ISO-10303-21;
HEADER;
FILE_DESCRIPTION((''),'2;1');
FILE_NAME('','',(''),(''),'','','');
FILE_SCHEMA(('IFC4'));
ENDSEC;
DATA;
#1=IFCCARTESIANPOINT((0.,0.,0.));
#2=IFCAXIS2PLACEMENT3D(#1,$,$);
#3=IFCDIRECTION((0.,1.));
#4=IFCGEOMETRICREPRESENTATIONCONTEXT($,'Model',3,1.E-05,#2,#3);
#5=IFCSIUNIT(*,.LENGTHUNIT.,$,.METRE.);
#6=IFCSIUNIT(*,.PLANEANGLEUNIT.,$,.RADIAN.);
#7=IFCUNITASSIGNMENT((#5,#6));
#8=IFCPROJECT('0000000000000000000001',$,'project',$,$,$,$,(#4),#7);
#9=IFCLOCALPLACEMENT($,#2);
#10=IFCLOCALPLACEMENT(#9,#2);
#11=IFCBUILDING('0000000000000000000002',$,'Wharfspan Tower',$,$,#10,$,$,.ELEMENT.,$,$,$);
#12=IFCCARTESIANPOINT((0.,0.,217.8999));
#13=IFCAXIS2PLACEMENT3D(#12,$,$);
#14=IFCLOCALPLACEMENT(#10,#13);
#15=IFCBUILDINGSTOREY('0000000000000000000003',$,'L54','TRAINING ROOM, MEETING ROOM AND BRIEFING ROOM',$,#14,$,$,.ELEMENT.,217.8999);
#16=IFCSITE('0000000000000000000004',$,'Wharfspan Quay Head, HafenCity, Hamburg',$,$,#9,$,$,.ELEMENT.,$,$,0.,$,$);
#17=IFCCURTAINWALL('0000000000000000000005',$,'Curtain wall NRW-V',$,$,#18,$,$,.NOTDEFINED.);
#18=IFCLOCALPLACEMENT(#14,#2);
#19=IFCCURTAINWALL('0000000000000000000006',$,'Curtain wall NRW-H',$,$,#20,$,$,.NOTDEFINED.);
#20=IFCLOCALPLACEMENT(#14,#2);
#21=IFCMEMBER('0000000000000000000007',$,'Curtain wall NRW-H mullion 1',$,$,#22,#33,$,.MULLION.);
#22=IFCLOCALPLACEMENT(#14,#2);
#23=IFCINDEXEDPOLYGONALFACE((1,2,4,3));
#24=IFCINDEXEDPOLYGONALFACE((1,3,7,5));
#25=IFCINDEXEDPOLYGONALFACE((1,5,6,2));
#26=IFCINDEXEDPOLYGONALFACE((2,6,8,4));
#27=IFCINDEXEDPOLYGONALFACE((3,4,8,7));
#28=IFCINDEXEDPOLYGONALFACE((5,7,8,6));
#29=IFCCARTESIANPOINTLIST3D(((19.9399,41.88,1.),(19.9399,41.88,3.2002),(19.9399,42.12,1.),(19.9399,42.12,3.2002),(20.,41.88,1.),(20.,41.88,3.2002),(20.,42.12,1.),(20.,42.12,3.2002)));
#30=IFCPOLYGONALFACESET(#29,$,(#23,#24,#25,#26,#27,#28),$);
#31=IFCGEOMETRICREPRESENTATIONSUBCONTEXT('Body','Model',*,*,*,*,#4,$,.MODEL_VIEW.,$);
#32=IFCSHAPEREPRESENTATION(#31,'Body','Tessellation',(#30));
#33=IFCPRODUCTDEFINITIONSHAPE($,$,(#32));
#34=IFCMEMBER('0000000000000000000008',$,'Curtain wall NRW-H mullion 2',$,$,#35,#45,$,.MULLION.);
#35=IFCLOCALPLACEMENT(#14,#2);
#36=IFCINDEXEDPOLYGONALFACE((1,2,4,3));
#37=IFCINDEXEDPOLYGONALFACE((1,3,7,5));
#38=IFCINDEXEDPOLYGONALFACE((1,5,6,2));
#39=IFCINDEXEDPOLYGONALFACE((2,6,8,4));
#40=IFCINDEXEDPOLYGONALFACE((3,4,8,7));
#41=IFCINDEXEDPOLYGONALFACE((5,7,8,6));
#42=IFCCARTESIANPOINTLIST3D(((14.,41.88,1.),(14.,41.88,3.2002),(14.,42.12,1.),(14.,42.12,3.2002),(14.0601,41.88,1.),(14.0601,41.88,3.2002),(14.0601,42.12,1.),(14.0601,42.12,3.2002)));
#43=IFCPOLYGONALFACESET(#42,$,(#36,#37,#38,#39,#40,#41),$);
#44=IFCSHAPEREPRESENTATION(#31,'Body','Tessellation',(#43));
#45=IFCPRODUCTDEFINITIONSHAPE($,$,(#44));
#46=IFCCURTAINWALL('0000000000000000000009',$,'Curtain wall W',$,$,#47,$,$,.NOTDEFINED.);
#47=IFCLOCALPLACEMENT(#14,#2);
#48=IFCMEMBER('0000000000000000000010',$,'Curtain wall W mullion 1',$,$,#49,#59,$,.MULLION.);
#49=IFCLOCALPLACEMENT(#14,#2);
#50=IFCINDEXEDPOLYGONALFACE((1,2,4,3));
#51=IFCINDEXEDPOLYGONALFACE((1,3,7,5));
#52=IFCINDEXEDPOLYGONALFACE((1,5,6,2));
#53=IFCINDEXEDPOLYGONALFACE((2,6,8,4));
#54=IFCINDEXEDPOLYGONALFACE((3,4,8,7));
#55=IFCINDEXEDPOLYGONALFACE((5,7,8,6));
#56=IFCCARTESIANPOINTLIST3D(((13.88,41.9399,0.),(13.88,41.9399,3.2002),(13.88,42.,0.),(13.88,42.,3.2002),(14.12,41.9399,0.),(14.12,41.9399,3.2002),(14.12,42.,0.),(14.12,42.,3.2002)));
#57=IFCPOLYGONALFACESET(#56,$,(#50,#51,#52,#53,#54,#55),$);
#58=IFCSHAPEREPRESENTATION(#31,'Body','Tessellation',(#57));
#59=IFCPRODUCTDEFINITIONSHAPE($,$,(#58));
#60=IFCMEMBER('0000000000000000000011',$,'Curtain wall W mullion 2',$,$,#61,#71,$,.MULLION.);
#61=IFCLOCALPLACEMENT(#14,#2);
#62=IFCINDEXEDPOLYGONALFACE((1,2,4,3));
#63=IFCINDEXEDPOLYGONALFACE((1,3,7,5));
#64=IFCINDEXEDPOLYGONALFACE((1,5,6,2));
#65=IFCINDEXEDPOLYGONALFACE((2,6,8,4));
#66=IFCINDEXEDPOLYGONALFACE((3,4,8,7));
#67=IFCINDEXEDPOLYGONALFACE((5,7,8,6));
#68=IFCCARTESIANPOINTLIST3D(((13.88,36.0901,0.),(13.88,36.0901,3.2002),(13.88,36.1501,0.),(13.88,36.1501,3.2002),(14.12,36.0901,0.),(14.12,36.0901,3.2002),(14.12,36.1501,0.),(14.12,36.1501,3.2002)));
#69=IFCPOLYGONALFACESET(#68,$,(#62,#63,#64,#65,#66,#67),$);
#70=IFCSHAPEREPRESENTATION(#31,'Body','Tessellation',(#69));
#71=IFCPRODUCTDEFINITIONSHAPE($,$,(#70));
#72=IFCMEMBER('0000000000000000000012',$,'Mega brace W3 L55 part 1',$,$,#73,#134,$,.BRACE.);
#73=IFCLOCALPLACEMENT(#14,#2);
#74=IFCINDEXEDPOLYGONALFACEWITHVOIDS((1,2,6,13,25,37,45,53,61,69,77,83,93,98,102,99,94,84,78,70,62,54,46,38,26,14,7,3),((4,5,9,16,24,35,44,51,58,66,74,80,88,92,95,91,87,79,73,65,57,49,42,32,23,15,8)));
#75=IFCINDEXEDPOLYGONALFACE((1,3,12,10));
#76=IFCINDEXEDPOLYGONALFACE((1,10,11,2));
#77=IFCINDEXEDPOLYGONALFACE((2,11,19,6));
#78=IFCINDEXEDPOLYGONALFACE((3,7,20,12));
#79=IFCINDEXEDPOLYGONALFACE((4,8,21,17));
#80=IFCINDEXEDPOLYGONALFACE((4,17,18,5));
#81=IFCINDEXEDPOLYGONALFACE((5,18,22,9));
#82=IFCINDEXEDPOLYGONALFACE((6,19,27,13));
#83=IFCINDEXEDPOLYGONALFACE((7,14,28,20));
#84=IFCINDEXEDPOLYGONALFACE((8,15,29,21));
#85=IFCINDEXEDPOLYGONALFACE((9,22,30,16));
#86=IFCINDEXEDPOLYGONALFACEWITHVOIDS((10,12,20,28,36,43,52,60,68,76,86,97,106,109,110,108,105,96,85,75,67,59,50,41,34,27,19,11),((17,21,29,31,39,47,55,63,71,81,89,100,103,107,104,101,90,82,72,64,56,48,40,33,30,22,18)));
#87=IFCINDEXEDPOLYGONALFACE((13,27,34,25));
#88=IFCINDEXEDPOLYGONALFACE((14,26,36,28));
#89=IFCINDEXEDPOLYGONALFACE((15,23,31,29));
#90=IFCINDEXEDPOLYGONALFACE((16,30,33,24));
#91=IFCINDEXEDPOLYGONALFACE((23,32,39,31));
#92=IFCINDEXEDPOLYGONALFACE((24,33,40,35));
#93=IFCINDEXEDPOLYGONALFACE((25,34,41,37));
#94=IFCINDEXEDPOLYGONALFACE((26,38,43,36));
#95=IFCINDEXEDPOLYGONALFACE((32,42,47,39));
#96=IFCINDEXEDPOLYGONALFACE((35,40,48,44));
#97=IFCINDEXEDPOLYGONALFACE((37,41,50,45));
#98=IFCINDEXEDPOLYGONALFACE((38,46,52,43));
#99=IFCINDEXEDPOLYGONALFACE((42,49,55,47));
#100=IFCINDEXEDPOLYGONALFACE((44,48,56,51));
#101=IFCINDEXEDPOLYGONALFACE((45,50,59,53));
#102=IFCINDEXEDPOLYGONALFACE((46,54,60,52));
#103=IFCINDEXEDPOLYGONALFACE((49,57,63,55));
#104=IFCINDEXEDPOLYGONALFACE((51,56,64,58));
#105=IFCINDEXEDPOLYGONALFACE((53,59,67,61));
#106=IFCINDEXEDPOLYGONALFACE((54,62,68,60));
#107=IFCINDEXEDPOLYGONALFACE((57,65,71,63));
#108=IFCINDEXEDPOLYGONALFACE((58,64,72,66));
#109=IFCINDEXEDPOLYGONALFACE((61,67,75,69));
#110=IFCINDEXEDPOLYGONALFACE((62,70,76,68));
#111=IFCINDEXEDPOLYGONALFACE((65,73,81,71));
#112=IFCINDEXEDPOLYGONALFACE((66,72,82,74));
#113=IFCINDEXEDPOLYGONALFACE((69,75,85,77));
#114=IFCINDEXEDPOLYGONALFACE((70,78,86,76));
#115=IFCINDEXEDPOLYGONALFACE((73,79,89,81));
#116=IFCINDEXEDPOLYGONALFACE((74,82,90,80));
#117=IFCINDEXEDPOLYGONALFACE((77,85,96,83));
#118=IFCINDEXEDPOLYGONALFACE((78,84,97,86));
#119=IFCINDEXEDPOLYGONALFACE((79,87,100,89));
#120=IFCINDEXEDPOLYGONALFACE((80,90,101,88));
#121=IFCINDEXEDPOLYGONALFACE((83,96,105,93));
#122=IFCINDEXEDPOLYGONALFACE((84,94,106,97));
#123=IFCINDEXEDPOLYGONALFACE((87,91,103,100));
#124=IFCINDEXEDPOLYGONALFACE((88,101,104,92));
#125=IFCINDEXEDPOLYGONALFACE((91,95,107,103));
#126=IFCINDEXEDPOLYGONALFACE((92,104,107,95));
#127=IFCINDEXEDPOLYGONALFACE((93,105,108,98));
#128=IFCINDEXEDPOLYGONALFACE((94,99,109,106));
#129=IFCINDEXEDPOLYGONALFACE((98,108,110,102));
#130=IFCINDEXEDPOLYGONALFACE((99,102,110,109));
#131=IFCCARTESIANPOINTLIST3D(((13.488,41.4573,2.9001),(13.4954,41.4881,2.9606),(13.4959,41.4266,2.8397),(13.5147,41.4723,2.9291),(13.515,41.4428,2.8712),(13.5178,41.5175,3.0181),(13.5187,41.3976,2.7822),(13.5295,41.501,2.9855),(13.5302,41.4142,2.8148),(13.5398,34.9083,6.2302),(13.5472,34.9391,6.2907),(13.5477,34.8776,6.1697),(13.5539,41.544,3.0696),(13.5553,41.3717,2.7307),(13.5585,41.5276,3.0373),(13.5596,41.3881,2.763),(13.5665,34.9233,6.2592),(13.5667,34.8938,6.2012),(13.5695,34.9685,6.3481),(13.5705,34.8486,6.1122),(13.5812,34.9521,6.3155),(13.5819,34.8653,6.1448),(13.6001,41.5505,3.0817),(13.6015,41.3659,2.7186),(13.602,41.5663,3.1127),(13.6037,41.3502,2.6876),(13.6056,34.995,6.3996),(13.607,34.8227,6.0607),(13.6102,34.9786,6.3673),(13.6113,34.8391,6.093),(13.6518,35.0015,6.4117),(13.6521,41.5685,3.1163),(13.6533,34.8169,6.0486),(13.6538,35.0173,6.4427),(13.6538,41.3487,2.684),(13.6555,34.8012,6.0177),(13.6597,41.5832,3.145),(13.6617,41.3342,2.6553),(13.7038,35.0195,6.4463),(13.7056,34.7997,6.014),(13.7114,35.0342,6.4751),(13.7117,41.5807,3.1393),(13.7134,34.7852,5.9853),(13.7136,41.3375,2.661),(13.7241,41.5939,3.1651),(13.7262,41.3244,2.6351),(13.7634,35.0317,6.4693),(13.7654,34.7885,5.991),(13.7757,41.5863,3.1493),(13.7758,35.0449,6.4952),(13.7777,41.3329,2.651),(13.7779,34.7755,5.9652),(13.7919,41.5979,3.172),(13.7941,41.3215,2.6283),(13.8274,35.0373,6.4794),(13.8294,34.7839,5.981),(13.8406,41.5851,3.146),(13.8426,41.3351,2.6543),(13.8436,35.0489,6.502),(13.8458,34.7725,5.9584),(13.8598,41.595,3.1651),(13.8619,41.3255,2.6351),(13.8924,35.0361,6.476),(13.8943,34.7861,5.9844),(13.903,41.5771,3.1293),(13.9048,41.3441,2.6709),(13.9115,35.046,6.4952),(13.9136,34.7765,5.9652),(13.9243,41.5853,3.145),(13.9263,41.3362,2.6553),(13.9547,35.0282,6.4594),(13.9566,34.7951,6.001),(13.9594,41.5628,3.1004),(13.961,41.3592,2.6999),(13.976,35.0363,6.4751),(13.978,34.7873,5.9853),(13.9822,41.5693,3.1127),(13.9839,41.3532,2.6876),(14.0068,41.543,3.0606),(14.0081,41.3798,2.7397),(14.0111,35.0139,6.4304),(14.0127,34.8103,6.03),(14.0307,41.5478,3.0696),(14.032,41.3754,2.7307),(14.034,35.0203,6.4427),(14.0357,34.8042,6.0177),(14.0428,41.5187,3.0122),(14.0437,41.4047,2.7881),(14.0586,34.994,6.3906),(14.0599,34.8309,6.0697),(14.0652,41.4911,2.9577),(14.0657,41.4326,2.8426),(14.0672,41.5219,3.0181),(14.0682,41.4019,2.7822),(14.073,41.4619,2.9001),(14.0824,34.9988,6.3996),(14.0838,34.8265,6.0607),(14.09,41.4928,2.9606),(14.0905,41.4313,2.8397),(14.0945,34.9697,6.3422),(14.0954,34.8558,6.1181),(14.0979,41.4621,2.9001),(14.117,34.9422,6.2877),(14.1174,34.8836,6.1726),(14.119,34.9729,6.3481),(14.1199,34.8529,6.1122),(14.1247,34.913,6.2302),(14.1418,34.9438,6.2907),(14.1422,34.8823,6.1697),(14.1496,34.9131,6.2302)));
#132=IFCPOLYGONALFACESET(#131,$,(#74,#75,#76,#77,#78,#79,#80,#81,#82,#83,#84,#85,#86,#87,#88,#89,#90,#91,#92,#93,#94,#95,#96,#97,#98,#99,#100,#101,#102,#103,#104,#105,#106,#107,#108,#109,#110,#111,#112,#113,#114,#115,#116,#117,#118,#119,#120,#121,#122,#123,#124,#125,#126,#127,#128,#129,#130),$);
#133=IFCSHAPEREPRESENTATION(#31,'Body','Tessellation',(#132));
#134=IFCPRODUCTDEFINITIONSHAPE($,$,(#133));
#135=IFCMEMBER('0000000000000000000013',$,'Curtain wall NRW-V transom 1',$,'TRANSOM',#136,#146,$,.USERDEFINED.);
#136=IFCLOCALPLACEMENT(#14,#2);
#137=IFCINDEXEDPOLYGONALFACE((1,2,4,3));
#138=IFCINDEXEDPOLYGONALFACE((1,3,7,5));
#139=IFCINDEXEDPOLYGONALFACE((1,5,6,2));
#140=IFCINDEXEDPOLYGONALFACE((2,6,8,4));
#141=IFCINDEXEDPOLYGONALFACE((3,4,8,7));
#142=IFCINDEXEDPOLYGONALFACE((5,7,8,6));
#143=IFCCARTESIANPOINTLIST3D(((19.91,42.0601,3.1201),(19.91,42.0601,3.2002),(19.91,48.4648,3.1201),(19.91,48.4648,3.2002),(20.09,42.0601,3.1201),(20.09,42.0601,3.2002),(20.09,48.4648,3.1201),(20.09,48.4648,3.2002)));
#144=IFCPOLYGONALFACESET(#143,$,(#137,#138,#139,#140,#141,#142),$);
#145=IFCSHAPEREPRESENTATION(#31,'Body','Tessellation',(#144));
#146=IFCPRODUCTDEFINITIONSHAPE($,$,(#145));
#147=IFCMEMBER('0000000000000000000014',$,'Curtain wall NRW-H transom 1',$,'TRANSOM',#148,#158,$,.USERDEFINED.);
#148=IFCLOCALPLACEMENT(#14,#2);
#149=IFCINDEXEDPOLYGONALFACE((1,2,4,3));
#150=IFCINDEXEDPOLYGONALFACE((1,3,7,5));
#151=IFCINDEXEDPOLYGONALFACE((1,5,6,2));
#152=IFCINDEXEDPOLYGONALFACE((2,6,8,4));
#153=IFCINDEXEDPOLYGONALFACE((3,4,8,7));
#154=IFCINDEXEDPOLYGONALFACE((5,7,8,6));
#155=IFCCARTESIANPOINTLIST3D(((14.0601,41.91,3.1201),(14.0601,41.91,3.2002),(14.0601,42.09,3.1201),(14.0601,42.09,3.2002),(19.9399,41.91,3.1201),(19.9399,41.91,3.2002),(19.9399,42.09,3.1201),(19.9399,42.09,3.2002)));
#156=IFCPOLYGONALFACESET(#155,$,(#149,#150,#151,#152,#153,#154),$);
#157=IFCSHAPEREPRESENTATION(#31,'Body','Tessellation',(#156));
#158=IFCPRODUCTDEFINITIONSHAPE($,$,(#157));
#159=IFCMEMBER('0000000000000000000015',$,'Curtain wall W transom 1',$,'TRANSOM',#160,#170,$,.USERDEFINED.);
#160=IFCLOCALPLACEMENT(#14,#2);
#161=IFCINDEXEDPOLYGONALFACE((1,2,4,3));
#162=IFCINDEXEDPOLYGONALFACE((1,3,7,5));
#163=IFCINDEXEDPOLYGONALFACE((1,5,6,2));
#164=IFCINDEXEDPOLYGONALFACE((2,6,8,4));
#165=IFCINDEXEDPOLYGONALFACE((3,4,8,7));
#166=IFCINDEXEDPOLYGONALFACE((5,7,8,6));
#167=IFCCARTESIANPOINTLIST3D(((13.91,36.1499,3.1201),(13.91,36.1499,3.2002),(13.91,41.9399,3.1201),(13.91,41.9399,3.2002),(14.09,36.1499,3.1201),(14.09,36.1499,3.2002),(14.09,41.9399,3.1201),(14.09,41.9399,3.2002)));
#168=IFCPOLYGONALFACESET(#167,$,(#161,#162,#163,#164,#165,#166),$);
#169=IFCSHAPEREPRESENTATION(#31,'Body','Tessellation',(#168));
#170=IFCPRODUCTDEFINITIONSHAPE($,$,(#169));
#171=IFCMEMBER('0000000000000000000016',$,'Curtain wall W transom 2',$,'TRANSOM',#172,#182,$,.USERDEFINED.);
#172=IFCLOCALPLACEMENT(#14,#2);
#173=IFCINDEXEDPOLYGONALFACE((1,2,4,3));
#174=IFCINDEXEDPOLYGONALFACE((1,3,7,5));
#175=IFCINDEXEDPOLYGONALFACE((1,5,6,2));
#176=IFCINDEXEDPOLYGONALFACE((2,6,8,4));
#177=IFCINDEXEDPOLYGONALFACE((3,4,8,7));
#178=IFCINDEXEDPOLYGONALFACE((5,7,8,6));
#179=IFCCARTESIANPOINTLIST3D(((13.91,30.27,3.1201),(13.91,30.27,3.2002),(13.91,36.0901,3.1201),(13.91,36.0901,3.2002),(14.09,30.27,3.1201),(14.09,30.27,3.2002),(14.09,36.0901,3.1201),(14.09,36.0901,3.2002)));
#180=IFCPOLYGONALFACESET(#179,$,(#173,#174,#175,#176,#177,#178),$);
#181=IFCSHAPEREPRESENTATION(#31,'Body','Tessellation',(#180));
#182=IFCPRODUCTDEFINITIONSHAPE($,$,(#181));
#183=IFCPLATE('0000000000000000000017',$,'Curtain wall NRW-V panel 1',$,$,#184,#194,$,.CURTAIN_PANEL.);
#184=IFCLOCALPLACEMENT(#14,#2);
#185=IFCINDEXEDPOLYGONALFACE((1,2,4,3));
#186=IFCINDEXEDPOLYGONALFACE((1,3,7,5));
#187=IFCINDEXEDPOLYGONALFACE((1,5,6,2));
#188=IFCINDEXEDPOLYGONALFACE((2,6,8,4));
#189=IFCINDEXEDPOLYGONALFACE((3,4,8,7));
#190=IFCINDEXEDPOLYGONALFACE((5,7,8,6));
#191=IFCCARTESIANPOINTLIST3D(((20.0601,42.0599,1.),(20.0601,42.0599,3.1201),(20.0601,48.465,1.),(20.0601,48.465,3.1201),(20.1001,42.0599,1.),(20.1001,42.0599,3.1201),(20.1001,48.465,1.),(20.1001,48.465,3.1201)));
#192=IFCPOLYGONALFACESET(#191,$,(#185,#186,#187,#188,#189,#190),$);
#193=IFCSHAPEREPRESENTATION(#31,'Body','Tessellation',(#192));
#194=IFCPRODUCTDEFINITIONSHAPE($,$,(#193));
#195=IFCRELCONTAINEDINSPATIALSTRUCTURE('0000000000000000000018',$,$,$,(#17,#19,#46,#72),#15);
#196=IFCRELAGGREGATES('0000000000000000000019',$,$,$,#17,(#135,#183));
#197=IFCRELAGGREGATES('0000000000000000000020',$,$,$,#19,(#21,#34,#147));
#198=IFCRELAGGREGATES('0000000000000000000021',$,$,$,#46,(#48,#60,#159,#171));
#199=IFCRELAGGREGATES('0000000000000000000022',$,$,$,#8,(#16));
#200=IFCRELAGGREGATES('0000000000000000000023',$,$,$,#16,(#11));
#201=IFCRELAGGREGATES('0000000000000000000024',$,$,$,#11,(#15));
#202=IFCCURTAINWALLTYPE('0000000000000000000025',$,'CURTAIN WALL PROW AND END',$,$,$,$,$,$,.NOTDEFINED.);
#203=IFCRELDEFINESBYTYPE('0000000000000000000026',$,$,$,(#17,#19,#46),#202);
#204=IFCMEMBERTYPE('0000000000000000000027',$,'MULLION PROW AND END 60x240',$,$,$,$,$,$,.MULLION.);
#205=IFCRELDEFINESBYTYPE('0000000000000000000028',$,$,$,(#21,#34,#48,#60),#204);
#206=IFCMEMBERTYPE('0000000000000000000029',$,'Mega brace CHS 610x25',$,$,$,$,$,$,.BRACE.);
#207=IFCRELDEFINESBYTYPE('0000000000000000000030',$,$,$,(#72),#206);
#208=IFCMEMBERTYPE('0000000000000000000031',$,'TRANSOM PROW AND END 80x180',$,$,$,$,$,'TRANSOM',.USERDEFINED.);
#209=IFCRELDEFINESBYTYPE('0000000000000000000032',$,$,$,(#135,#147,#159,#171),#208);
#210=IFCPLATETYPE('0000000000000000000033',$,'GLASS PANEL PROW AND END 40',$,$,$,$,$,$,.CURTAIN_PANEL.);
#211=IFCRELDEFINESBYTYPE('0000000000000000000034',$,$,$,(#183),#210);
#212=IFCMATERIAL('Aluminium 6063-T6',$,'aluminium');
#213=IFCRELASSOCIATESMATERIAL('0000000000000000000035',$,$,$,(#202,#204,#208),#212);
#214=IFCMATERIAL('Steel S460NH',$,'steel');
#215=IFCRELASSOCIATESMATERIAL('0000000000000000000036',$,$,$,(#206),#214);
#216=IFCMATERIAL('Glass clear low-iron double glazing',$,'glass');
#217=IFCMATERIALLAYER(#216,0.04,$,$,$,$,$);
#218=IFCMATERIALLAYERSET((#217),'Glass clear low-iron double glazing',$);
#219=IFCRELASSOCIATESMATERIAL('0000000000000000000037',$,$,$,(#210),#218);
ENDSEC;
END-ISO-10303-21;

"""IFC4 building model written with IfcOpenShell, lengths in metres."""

from ifc_helpers import new_model, si_unit, direction, frame, origin, origin_2d, place, context, subcontext, project, spatial, rectangle, hollow_circle, extrude, material, layer, layer_set, material_profile, profile_set, type_object, element, aggregate, save


model = new_model("IFC4")

# Units and contexts
model_context = context("Model", 3, precision=1e-05, world=origin(), true_north=direction((0.0, 1.0)))
body_context = subcontext(model_context, "Body", "Model", "MODEL_VIEW")
ifc_project = project(units=[si_unit("LENGTHUNIT", "METRE"), si_unit("PLANEANGLEUNIT", "RADIAN")], contexts=[model_context])

# Site, building, storey
site_placement = place(None, origin())
site = spatial("IfcSite", under=ifc_project, at=site_placement, Name="Wharfspan Quay Head, HafenCity, Hamburg", CompositionType="ELEMENT", RefElevation=0.0)
building_placement = place(site_placement, origin())
building = spatial("IfcBuilding", under=site, at=building_placement, Name="Wharfspan Tower", CompositionType="ELEMENT")
storey_placement = place(building_placement, frame((0.0, 0.0, 217.8999)))
storey = spatial("IfcBuildingStorey", under=building, at=storey_placement, Name="L54", Description="TRAINING ROOM, MEETING ROOM AND BRIEFING ROOM", CompositionType="ELEMENT", Elevation=217.8999)

# Curtain walls, members
ifc_material_1 = material(Name="Aluminium 6063-T6", Category="aluminium")
curtain_wall_type = type_object("IfcCurtainWallType", Name="CURTAIN WALL PROW AND END", PredefinedType="NOTDEFINED", material=ifc_material_1)
curtain_wall_1_placement = place(storey_placement, origin())
curtain_wall_1 = element("IfcCurtainWall", 1, at=curtain_wall_1_placement, inside=storey, type_object=curtain_wall_type, Name="Curtain wall NRW-V", PredefinedType="NOTDEFINED")
ifc_material_profile_1 = material_profile(ifc_material_1, rectangle(XDim=0.24, YDim=0.0601, at=origin_2d()))
ifc_profile_set_1 = profile_set([ifc_material_profile_1], Name="Aluminium 6063-T6")
member_type_1 = type_object("IfcMemberType", Name="MULLION PROW AND END 60x240", PredefinedType="MULLION", material=ifc_profile_set_1)
curtain_wall_2_placement = place(storey_placement, origin())
curtain_wall_2 = element("IfcCurtainWall", 2, at=curtain_wall_2_placement, inside=storey, type_object=curtain_wall_type, Name="Curtain wall NRW-H", PredefinedType="NOTDEFINED")
member_1_placement = place(storey_placement, frame((19.97, 42.0, 1.0), z_axis=(0.0, 0.0, 1.0), x_axis=(0.0, -1.0, 0.0)))
member_1 = element("IfcMember", 3, at=member_1_placement, type_object=member_type_1, Name="Curtain wall NRW-H mullion 1", PredefinedType="MULLION", context=body_context, shape_type="SweptSolid", body=[
    extrude(rectangle(XDim=0.24, YDim=0.0601, at=origin_2d()), origin(), (0.0, 0.0, 1.0), 2.2002),
])
member_2_placement = place(storey_placement, frame((14.03, 42.0, 1.0), z_axis=(0.0, 0.0, 1.0), x_axis=(0.0, -1.0, 0.0)))
member_2 = element("IfcMember", 4, at=member_2_placement, type_object=member_type_1, Name="Curtain wall NRW-H mullion 2", PredefinedType="MULLION", context=body_context, shape_type="SweptSolid", body=[
    extrude(rectangle(XDim=0.24, YDim=0.0601, at=origin_2d()), origin(), (0.0, 0.0, 1.0), 2.2002),
])
curtain_wall_3_placement = place(storey_placement, origin())
curtain_wall_3 = element("IfcCurtainWall", 5, at=curtain_wall_3_placement, inside=storey, type_object=curtain_wall_type, Name="Curtain wall W", PredefinedType="NOTDEFINED")
member_3_placement = place(storey_placement, frame((14.0, 41.97, 0.0), z_axis=(0.0, 0.0, 1.0), x_axis=(1.0, 0.0, 0.0)))
member_3 = element("IfcMember", 6, at=member_3_placement, type_object=member_type_1, Name="Curtain wall W mullion 1", PredefinedType="MULLION", context=body_context, shape_type="SweptSolid", body=[
    extrude(rectangle(XDim=0.24, YDim=0.0601, at=origin_2d()), origin(), (0.0, 0.0, 1.0), 3.2002),
])
member_4_placement = place(storey_placement, frame((14.0, 36.1201, 0.0), z_axis=(0.0, 0.0, 1.0), x_axis=(1.0, 0.0, 0.0)))
member_4 = element("IfcMember", 7, at=member_4_placement, type_object=member_type_1, Name="Curtain wall W mullion 2", PredefinedType="MULLION", context=body_context, shape_type="SweptSolid", body=[
    extrude(rectangle(XDim=0.24, YDim=0.0601, at=origin_2d()), origin(), (0.0, 0.0, 1.0), 3.2002),
])

# Members
ifc_material_2 = material(Name="Steel S460NH", Category="steel")
ifc_material_profile_2 = material_profile(ifc_material_2, hollow_circle(Radius=0.3049, WallThickness=0.0249, at=origin_2d()))
ifc_profile_set_2 = profile_set([ifc_material_profile_2], Name="Steel S460NH")
member_type_2 = type_object("IfcMemberType", Name="Mega brace CHS 610x25", PredefinedType="BRACE", material=ifc_profile_set_2)
member_5_placement = place(storey_placement, frame((13.793, 41.4597, 2.9001), z_axis=(0.007044, -0.891361, 0.45324), x_axis=(0.999973, 0.007904, 0.000003)))
element("IfcMember", 8, at=member_5_placement, inside=storey, type_object=member_type_2, Name="Mega brace W3 L55 part 1", PredefinedType="BRACE", context=body_context, shape_type="SweptSolid", body=[
    extrude(hollow_circle(Radius=0.3049, WallThickness=0.0249, at=origin_2d()), origin(), (0.0, 0.0, 1.0), 7.3472),
])
ifc_material_profile_3 = material_profile(ifc_material_1, rectangle(XDim=0.1799, YDim=0.0801, at=origin_2d()))
ifc_profile_set_3 = profile_set([ifc_material_profile_3], Name="Aluminium 6063-T6")
member_type_3 = type_object("IfcMemberType", Name="TRANSOM PROW AND END 80x180", ElementType="TRANSOM", PredefinedType="USERDEFINED", material=ifc_profile_set_3)
member_6_placement = place(storey_placement, frame((20.0, 48.4648, 3.1602), z_axis=(0.0, -1.0, 0.0), x_axis=(1.0, 0.0, 0.0)))
member_6 = element("IfcMember", 9, at=member_6_placement, type_object=member_type_3, Name="Curtain wall NRW-V transom 1", ObjectType="TRANSOM", PredefinedType="USERDEFINED", context=body_context, shape_type="SweptSolid", body=[
    extrude(rectangle(XDim=0.1799, YDim=0.0801, at=origin_2d()), origin(), (0.0, 0.0, 1.0), 6.4048),
])
member_7_placement = place(storey_placement, frame((19.9399, 42.0, 3.1602), z_axis=(-1.0, 0.0, 0.0), x_axis=(0.0, -1.0, 0.0)))
member_7 = element("IfcMember", 10, at=member_7_placement, type_object=member_type_3, Name="Curtain wall NRW-H transom 1", ObjectType="TRANSOM", PredefinedType="USERDEFINED", context=body_context, shape_type="SweptSolid", body=[
    extrude(rectangle(XDim=0.1799, YDim=0.0801, at=origin_2d()), origin(), (0.0, 0.0, 1.0), 5.8799),
])
member_8_placement = place(storey_placement, frame((14.0, 41.9399, 3.1602), z_axis=(0.0, -1.0, 0.0), x_axis=(1.0, 0.0, 0.0)))
member_8 = element("IfcMember", 11, at=member_8_placement, type_object=member_type_3, Name="Curtain wall W transom 1", ObjectType="TRANSOM", PredefinedType="USERDEFINED", context=body_context, shape_type="SweptSolid", body=[
    extrude(rectangle(XDim=0.1799, YDim=0.0801, at=origin_2d()), origin(), (0.0, 0.0, 1.0), 5.79),
])
member_9_placement = place(storey_placement, frame((14.0, 36.0901, 3.1602), z_axis=(0.0, -1.0, 0.0), x_axis=(1.0, 0.0, 0.0)))
member_9 = element("IfcMember", 12, at=member_9_placement, type_object=member_type_3, Name="Curtain wall W transom 2", ObjectType="TRANSOM", PredefinedType="USERDEFINED", context=body_context, shape_type="SweptSolid", body=[
    extrude(rectangle(XDim=0.1799, YDim=0.0801, at=origin_2d()), origin(), (0.0, 0.0, 1.0), 5.8201),
])

# Plate
ifc_material_3 = material(Name="Glass clear low-iron double glazing", Category="glass")
ifc_layer_1 = layer(ifc_material_3, 0.04)
ifc_layer_set_1 = layer_set([ifc_layer_1], Name="Glass clear low-iron double glazing")
plate_type_1 = type_object("IfcPlateType", Name="GLASS PANEL PROW AND END 40", PredefinedType="CURTAIN_PANEL", material=ifc_layer_set_1)
plate_1_placement = place(storey_placement, frame((20.0801, 45.2625, 1.0), z_axis=(0.0, 0.0, 1.0), x_axis=(0.0, -1.0, 0.0)))
plate_1 = element("IfcPlate", 13, at=plate_1_placement, type_object=plate_type_1, Name="Curtain wall NRW-V panel 1", PredefinedType="CURTAIN_PANEL", context=body_context, shape_type="SweptSolid", body=[
    extrude(rectangle(XDim=6.405, YDim=0.04, at=origin_2d()), origin(), (0.0, 0.0, 1.0), 2.1201),
])
aggregate(curtain_wall_1, [member_6, plate_1])
aggregate(curtain_wall_2, [member_1, member_2, member_7])
aggregate(curtain_wall_3, [member_3, member_4, member_8, member_9])

save(model, "model.ifc")
